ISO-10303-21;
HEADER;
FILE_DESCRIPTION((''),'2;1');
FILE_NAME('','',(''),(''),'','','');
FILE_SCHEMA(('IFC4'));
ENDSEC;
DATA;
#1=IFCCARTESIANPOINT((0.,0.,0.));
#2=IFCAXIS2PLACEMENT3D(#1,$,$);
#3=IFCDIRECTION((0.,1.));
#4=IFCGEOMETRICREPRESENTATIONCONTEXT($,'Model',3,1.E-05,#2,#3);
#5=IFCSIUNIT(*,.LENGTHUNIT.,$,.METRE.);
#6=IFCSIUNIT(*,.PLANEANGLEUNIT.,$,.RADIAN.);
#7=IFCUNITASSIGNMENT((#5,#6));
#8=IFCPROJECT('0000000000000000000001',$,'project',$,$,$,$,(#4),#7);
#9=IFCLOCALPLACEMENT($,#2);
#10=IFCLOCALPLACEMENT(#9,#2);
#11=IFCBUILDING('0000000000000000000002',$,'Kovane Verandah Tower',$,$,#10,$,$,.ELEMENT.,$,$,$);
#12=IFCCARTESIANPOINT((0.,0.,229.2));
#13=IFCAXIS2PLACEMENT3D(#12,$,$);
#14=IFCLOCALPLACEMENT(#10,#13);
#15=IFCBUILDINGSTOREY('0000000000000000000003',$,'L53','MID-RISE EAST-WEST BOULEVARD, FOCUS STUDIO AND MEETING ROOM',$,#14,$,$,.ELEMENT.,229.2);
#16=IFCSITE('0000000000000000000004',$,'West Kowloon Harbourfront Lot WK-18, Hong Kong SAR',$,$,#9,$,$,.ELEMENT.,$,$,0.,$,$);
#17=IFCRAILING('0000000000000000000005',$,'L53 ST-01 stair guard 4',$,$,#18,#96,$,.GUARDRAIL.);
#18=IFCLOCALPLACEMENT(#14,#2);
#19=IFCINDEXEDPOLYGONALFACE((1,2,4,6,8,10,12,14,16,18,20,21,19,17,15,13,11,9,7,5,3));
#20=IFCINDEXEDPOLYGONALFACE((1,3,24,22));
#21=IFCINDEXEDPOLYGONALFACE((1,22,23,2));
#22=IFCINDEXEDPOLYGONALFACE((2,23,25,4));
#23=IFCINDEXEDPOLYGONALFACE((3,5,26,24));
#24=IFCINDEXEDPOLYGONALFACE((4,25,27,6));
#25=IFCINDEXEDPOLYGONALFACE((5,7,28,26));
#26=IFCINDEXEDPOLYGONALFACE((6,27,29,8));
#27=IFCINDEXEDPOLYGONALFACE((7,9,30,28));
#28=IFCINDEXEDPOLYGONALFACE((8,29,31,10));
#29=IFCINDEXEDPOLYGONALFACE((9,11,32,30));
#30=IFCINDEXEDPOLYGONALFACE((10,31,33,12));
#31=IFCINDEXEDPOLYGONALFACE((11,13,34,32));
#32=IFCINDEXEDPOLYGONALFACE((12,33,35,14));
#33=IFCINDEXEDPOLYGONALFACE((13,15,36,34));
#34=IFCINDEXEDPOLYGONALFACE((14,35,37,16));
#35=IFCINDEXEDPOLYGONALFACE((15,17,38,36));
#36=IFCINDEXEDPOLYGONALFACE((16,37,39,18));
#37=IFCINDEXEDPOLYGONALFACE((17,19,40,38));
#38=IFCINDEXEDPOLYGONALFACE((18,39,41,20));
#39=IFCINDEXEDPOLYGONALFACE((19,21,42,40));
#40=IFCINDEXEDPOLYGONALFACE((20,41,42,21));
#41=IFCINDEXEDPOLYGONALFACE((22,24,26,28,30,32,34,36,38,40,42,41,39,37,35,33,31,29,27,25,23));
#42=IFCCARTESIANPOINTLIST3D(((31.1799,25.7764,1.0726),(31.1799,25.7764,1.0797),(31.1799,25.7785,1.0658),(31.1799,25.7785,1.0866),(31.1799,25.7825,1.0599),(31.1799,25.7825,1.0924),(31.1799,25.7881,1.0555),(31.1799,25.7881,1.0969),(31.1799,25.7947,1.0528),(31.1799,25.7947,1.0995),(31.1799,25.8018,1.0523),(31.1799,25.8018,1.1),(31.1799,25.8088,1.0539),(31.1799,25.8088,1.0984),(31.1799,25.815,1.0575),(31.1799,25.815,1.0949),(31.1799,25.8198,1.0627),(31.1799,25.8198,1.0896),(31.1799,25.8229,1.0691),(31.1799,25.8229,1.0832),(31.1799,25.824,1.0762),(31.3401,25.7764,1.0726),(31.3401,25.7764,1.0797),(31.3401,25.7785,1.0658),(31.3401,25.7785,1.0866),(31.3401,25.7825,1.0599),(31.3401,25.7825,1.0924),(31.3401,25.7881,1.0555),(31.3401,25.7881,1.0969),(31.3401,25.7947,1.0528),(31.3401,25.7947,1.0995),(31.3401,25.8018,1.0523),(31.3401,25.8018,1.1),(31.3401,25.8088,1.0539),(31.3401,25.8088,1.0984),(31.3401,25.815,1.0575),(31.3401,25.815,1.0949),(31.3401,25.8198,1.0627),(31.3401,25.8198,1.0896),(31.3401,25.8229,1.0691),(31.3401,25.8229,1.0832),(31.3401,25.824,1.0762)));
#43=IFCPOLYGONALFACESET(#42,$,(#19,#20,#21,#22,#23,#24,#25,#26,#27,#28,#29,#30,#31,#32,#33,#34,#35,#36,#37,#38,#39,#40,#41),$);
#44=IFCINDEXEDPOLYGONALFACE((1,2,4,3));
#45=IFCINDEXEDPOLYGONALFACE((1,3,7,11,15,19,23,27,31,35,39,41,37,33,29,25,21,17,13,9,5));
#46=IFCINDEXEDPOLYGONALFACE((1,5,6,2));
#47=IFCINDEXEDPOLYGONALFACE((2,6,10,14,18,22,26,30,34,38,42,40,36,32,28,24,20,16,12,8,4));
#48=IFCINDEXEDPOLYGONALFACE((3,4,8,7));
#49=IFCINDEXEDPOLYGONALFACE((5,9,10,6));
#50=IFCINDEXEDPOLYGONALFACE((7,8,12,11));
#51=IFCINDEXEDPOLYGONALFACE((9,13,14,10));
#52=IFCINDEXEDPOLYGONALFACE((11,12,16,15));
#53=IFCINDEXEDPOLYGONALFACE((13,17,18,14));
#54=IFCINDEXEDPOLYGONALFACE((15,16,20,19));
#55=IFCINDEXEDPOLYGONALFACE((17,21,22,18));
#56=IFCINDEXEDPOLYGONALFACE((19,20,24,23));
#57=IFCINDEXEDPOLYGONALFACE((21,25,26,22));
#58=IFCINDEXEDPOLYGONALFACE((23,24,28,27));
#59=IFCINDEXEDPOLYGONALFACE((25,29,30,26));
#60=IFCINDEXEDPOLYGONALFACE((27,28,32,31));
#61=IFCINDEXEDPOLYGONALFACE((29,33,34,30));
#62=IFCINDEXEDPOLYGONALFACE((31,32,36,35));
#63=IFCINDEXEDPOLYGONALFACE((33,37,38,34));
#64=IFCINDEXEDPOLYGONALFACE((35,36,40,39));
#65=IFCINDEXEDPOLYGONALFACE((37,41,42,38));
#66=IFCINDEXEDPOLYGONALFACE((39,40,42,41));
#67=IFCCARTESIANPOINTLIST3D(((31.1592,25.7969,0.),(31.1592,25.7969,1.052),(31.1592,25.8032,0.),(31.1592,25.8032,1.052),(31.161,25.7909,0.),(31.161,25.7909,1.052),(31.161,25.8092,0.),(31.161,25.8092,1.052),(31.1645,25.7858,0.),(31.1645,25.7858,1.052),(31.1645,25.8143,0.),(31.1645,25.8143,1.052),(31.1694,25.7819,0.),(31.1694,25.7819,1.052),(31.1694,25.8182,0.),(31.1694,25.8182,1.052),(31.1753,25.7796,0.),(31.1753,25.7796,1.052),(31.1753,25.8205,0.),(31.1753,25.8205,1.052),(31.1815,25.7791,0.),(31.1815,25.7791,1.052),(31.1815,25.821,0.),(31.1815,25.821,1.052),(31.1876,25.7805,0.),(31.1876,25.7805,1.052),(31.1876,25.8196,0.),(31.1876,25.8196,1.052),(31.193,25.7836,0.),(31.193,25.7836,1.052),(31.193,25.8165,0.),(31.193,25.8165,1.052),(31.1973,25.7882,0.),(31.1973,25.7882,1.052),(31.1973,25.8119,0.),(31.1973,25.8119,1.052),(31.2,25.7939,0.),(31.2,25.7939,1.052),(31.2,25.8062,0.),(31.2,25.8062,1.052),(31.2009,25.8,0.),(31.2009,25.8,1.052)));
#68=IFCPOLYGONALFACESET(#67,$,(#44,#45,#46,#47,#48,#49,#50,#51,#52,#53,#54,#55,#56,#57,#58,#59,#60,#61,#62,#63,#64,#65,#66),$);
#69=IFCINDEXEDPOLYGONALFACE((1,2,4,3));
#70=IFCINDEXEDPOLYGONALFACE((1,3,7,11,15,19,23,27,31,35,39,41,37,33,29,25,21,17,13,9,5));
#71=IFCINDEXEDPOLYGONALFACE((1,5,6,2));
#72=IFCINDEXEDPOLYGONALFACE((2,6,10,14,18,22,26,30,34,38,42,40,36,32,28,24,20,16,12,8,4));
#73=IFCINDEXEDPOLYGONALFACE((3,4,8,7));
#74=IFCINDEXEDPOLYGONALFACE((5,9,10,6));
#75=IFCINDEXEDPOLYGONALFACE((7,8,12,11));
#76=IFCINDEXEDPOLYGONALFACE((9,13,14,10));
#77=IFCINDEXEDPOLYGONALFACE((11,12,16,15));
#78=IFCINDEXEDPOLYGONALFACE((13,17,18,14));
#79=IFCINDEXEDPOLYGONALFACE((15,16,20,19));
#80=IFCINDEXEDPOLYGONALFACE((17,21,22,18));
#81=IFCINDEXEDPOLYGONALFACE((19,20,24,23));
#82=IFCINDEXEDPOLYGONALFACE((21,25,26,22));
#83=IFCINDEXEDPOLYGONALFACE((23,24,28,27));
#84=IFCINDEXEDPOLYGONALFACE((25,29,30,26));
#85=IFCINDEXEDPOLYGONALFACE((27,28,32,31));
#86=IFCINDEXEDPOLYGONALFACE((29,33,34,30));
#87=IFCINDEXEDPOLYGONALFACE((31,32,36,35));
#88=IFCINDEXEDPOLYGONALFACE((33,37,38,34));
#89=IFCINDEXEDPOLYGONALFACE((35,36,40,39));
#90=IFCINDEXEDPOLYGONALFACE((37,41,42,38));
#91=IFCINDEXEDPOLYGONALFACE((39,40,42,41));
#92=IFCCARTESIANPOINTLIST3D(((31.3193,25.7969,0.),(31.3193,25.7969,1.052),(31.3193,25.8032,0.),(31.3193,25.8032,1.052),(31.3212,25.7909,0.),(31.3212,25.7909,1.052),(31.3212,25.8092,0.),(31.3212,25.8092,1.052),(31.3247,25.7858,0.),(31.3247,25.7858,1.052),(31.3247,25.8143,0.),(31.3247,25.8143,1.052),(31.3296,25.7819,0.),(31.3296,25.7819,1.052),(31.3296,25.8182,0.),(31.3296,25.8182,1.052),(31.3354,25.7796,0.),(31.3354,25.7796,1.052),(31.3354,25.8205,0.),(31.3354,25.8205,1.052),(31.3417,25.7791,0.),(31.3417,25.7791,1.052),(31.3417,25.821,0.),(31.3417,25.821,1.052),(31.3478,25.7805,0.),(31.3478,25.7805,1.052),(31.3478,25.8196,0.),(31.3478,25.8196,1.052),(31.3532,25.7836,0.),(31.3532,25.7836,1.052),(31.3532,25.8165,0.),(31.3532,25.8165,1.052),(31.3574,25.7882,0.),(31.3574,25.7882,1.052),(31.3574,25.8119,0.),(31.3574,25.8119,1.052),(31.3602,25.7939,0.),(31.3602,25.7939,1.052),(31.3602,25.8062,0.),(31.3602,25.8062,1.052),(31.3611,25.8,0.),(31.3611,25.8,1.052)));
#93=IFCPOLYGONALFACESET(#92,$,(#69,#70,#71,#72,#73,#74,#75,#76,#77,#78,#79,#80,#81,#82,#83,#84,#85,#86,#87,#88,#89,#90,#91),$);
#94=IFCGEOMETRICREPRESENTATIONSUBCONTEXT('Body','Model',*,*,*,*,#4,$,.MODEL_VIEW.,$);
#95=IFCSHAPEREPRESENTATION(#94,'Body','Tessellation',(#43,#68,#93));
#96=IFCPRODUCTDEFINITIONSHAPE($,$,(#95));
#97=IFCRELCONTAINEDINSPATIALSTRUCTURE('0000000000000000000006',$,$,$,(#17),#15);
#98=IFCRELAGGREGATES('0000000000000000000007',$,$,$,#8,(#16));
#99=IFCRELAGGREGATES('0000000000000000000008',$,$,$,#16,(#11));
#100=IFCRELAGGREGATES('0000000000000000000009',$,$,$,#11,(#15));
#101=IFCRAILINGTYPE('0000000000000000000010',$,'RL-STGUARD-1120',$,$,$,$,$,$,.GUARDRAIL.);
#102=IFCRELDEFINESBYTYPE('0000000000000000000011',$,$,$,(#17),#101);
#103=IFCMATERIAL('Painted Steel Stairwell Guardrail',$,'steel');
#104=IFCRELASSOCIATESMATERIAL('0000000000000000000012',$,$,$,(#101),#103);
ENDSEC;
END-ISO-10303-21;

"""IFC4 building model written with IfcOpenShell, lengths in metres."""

from ifc_helpers import new_model, si_unit, direction, frame, origin, origin_2d, place, context, subcontext, project, spatial, circle, extrude, material, type_object, element, save


model = new_model("IFC4")

# Units and contexts
model_context = context("Model", 3, precision=1e-05, world=origin(), true_north=direction((0.0, 1.0)))
body_context = subcontext(model_context, "Body", "Model", "MODEL_VIEW")
ifc_project = project(units=[si_unit("LENGTHUNIT", "METRE"), si_unit("PLANEANGLEUNIT", "RADIAN")], contexts=[model_context])

# Site, building, storey
site_placement = place(None, origin())
site = spatial("IfcSite", under=ifc_project, at=site_placement, Name="West Kowloon Harbourfront Lot WK-18, Hong Kong SAR", CompositionType="ELEMENT", RefElevation=0.0)
building_placement = place(site_placement, origin())
building = spatial("IfcBuilding", under=site, at=building_placement, Name="Kovane Verandah Tower", CompositionType="ELEMENT")
storey_placement = place(building_placement, frame((0.0, 0.0, 229.2)))
storey = spatial("IfcBuildingStorey", under=building, at=storey_placement, Name="L53", Description="MID-RISE EAST-WEST BOULEVARD, FOCUS STUDIO AND MEETING ROOM", CompositionType="ELEMENT", Elevation=229.2)

# Railing
ifc_material_1 = material(Name="Painted Steel Stairwell Guardrail", Category="steel")
railing_type_1 = type_object("IfcRailingType", Name="RL-STGUARD-1120", PredefinedType="GUARDRAIL", material=ifc_material_1)
railing_1_placement = place(storey_placement, frame((31.1799, 25.8, 0.0)))
element("IfcRailing", 1, at=railing_1_placement, inside=storey, type_object=railing_type_1, Name="L53 ST-01 stair guard 4", PredefinedType="GUARDRAIL", context=body_context, shape_type="SweptSolid", body=[
    extrude(circle(Radius=0.0239, at=origin_2d()), frame((0.0, 0.0, 1.0762), z_axis=(1.0, 0.0, 0.0), x_axis=(0.0, 1.0, 0.0)), (0.0, 0.0, 1.0), 0.1602),
    extrude(circle(Radius=0.021, at=origin_2d()), origin(), (0.0, 0.0, 1.0), 1.052),
    extrude(circle(Radius=0.021, at=origin_2d()), frame((0.1602, 0.0, 0.0)), (0.0, 0.0, 1.0), 1.052),
])

save(model, "model.ifc")
